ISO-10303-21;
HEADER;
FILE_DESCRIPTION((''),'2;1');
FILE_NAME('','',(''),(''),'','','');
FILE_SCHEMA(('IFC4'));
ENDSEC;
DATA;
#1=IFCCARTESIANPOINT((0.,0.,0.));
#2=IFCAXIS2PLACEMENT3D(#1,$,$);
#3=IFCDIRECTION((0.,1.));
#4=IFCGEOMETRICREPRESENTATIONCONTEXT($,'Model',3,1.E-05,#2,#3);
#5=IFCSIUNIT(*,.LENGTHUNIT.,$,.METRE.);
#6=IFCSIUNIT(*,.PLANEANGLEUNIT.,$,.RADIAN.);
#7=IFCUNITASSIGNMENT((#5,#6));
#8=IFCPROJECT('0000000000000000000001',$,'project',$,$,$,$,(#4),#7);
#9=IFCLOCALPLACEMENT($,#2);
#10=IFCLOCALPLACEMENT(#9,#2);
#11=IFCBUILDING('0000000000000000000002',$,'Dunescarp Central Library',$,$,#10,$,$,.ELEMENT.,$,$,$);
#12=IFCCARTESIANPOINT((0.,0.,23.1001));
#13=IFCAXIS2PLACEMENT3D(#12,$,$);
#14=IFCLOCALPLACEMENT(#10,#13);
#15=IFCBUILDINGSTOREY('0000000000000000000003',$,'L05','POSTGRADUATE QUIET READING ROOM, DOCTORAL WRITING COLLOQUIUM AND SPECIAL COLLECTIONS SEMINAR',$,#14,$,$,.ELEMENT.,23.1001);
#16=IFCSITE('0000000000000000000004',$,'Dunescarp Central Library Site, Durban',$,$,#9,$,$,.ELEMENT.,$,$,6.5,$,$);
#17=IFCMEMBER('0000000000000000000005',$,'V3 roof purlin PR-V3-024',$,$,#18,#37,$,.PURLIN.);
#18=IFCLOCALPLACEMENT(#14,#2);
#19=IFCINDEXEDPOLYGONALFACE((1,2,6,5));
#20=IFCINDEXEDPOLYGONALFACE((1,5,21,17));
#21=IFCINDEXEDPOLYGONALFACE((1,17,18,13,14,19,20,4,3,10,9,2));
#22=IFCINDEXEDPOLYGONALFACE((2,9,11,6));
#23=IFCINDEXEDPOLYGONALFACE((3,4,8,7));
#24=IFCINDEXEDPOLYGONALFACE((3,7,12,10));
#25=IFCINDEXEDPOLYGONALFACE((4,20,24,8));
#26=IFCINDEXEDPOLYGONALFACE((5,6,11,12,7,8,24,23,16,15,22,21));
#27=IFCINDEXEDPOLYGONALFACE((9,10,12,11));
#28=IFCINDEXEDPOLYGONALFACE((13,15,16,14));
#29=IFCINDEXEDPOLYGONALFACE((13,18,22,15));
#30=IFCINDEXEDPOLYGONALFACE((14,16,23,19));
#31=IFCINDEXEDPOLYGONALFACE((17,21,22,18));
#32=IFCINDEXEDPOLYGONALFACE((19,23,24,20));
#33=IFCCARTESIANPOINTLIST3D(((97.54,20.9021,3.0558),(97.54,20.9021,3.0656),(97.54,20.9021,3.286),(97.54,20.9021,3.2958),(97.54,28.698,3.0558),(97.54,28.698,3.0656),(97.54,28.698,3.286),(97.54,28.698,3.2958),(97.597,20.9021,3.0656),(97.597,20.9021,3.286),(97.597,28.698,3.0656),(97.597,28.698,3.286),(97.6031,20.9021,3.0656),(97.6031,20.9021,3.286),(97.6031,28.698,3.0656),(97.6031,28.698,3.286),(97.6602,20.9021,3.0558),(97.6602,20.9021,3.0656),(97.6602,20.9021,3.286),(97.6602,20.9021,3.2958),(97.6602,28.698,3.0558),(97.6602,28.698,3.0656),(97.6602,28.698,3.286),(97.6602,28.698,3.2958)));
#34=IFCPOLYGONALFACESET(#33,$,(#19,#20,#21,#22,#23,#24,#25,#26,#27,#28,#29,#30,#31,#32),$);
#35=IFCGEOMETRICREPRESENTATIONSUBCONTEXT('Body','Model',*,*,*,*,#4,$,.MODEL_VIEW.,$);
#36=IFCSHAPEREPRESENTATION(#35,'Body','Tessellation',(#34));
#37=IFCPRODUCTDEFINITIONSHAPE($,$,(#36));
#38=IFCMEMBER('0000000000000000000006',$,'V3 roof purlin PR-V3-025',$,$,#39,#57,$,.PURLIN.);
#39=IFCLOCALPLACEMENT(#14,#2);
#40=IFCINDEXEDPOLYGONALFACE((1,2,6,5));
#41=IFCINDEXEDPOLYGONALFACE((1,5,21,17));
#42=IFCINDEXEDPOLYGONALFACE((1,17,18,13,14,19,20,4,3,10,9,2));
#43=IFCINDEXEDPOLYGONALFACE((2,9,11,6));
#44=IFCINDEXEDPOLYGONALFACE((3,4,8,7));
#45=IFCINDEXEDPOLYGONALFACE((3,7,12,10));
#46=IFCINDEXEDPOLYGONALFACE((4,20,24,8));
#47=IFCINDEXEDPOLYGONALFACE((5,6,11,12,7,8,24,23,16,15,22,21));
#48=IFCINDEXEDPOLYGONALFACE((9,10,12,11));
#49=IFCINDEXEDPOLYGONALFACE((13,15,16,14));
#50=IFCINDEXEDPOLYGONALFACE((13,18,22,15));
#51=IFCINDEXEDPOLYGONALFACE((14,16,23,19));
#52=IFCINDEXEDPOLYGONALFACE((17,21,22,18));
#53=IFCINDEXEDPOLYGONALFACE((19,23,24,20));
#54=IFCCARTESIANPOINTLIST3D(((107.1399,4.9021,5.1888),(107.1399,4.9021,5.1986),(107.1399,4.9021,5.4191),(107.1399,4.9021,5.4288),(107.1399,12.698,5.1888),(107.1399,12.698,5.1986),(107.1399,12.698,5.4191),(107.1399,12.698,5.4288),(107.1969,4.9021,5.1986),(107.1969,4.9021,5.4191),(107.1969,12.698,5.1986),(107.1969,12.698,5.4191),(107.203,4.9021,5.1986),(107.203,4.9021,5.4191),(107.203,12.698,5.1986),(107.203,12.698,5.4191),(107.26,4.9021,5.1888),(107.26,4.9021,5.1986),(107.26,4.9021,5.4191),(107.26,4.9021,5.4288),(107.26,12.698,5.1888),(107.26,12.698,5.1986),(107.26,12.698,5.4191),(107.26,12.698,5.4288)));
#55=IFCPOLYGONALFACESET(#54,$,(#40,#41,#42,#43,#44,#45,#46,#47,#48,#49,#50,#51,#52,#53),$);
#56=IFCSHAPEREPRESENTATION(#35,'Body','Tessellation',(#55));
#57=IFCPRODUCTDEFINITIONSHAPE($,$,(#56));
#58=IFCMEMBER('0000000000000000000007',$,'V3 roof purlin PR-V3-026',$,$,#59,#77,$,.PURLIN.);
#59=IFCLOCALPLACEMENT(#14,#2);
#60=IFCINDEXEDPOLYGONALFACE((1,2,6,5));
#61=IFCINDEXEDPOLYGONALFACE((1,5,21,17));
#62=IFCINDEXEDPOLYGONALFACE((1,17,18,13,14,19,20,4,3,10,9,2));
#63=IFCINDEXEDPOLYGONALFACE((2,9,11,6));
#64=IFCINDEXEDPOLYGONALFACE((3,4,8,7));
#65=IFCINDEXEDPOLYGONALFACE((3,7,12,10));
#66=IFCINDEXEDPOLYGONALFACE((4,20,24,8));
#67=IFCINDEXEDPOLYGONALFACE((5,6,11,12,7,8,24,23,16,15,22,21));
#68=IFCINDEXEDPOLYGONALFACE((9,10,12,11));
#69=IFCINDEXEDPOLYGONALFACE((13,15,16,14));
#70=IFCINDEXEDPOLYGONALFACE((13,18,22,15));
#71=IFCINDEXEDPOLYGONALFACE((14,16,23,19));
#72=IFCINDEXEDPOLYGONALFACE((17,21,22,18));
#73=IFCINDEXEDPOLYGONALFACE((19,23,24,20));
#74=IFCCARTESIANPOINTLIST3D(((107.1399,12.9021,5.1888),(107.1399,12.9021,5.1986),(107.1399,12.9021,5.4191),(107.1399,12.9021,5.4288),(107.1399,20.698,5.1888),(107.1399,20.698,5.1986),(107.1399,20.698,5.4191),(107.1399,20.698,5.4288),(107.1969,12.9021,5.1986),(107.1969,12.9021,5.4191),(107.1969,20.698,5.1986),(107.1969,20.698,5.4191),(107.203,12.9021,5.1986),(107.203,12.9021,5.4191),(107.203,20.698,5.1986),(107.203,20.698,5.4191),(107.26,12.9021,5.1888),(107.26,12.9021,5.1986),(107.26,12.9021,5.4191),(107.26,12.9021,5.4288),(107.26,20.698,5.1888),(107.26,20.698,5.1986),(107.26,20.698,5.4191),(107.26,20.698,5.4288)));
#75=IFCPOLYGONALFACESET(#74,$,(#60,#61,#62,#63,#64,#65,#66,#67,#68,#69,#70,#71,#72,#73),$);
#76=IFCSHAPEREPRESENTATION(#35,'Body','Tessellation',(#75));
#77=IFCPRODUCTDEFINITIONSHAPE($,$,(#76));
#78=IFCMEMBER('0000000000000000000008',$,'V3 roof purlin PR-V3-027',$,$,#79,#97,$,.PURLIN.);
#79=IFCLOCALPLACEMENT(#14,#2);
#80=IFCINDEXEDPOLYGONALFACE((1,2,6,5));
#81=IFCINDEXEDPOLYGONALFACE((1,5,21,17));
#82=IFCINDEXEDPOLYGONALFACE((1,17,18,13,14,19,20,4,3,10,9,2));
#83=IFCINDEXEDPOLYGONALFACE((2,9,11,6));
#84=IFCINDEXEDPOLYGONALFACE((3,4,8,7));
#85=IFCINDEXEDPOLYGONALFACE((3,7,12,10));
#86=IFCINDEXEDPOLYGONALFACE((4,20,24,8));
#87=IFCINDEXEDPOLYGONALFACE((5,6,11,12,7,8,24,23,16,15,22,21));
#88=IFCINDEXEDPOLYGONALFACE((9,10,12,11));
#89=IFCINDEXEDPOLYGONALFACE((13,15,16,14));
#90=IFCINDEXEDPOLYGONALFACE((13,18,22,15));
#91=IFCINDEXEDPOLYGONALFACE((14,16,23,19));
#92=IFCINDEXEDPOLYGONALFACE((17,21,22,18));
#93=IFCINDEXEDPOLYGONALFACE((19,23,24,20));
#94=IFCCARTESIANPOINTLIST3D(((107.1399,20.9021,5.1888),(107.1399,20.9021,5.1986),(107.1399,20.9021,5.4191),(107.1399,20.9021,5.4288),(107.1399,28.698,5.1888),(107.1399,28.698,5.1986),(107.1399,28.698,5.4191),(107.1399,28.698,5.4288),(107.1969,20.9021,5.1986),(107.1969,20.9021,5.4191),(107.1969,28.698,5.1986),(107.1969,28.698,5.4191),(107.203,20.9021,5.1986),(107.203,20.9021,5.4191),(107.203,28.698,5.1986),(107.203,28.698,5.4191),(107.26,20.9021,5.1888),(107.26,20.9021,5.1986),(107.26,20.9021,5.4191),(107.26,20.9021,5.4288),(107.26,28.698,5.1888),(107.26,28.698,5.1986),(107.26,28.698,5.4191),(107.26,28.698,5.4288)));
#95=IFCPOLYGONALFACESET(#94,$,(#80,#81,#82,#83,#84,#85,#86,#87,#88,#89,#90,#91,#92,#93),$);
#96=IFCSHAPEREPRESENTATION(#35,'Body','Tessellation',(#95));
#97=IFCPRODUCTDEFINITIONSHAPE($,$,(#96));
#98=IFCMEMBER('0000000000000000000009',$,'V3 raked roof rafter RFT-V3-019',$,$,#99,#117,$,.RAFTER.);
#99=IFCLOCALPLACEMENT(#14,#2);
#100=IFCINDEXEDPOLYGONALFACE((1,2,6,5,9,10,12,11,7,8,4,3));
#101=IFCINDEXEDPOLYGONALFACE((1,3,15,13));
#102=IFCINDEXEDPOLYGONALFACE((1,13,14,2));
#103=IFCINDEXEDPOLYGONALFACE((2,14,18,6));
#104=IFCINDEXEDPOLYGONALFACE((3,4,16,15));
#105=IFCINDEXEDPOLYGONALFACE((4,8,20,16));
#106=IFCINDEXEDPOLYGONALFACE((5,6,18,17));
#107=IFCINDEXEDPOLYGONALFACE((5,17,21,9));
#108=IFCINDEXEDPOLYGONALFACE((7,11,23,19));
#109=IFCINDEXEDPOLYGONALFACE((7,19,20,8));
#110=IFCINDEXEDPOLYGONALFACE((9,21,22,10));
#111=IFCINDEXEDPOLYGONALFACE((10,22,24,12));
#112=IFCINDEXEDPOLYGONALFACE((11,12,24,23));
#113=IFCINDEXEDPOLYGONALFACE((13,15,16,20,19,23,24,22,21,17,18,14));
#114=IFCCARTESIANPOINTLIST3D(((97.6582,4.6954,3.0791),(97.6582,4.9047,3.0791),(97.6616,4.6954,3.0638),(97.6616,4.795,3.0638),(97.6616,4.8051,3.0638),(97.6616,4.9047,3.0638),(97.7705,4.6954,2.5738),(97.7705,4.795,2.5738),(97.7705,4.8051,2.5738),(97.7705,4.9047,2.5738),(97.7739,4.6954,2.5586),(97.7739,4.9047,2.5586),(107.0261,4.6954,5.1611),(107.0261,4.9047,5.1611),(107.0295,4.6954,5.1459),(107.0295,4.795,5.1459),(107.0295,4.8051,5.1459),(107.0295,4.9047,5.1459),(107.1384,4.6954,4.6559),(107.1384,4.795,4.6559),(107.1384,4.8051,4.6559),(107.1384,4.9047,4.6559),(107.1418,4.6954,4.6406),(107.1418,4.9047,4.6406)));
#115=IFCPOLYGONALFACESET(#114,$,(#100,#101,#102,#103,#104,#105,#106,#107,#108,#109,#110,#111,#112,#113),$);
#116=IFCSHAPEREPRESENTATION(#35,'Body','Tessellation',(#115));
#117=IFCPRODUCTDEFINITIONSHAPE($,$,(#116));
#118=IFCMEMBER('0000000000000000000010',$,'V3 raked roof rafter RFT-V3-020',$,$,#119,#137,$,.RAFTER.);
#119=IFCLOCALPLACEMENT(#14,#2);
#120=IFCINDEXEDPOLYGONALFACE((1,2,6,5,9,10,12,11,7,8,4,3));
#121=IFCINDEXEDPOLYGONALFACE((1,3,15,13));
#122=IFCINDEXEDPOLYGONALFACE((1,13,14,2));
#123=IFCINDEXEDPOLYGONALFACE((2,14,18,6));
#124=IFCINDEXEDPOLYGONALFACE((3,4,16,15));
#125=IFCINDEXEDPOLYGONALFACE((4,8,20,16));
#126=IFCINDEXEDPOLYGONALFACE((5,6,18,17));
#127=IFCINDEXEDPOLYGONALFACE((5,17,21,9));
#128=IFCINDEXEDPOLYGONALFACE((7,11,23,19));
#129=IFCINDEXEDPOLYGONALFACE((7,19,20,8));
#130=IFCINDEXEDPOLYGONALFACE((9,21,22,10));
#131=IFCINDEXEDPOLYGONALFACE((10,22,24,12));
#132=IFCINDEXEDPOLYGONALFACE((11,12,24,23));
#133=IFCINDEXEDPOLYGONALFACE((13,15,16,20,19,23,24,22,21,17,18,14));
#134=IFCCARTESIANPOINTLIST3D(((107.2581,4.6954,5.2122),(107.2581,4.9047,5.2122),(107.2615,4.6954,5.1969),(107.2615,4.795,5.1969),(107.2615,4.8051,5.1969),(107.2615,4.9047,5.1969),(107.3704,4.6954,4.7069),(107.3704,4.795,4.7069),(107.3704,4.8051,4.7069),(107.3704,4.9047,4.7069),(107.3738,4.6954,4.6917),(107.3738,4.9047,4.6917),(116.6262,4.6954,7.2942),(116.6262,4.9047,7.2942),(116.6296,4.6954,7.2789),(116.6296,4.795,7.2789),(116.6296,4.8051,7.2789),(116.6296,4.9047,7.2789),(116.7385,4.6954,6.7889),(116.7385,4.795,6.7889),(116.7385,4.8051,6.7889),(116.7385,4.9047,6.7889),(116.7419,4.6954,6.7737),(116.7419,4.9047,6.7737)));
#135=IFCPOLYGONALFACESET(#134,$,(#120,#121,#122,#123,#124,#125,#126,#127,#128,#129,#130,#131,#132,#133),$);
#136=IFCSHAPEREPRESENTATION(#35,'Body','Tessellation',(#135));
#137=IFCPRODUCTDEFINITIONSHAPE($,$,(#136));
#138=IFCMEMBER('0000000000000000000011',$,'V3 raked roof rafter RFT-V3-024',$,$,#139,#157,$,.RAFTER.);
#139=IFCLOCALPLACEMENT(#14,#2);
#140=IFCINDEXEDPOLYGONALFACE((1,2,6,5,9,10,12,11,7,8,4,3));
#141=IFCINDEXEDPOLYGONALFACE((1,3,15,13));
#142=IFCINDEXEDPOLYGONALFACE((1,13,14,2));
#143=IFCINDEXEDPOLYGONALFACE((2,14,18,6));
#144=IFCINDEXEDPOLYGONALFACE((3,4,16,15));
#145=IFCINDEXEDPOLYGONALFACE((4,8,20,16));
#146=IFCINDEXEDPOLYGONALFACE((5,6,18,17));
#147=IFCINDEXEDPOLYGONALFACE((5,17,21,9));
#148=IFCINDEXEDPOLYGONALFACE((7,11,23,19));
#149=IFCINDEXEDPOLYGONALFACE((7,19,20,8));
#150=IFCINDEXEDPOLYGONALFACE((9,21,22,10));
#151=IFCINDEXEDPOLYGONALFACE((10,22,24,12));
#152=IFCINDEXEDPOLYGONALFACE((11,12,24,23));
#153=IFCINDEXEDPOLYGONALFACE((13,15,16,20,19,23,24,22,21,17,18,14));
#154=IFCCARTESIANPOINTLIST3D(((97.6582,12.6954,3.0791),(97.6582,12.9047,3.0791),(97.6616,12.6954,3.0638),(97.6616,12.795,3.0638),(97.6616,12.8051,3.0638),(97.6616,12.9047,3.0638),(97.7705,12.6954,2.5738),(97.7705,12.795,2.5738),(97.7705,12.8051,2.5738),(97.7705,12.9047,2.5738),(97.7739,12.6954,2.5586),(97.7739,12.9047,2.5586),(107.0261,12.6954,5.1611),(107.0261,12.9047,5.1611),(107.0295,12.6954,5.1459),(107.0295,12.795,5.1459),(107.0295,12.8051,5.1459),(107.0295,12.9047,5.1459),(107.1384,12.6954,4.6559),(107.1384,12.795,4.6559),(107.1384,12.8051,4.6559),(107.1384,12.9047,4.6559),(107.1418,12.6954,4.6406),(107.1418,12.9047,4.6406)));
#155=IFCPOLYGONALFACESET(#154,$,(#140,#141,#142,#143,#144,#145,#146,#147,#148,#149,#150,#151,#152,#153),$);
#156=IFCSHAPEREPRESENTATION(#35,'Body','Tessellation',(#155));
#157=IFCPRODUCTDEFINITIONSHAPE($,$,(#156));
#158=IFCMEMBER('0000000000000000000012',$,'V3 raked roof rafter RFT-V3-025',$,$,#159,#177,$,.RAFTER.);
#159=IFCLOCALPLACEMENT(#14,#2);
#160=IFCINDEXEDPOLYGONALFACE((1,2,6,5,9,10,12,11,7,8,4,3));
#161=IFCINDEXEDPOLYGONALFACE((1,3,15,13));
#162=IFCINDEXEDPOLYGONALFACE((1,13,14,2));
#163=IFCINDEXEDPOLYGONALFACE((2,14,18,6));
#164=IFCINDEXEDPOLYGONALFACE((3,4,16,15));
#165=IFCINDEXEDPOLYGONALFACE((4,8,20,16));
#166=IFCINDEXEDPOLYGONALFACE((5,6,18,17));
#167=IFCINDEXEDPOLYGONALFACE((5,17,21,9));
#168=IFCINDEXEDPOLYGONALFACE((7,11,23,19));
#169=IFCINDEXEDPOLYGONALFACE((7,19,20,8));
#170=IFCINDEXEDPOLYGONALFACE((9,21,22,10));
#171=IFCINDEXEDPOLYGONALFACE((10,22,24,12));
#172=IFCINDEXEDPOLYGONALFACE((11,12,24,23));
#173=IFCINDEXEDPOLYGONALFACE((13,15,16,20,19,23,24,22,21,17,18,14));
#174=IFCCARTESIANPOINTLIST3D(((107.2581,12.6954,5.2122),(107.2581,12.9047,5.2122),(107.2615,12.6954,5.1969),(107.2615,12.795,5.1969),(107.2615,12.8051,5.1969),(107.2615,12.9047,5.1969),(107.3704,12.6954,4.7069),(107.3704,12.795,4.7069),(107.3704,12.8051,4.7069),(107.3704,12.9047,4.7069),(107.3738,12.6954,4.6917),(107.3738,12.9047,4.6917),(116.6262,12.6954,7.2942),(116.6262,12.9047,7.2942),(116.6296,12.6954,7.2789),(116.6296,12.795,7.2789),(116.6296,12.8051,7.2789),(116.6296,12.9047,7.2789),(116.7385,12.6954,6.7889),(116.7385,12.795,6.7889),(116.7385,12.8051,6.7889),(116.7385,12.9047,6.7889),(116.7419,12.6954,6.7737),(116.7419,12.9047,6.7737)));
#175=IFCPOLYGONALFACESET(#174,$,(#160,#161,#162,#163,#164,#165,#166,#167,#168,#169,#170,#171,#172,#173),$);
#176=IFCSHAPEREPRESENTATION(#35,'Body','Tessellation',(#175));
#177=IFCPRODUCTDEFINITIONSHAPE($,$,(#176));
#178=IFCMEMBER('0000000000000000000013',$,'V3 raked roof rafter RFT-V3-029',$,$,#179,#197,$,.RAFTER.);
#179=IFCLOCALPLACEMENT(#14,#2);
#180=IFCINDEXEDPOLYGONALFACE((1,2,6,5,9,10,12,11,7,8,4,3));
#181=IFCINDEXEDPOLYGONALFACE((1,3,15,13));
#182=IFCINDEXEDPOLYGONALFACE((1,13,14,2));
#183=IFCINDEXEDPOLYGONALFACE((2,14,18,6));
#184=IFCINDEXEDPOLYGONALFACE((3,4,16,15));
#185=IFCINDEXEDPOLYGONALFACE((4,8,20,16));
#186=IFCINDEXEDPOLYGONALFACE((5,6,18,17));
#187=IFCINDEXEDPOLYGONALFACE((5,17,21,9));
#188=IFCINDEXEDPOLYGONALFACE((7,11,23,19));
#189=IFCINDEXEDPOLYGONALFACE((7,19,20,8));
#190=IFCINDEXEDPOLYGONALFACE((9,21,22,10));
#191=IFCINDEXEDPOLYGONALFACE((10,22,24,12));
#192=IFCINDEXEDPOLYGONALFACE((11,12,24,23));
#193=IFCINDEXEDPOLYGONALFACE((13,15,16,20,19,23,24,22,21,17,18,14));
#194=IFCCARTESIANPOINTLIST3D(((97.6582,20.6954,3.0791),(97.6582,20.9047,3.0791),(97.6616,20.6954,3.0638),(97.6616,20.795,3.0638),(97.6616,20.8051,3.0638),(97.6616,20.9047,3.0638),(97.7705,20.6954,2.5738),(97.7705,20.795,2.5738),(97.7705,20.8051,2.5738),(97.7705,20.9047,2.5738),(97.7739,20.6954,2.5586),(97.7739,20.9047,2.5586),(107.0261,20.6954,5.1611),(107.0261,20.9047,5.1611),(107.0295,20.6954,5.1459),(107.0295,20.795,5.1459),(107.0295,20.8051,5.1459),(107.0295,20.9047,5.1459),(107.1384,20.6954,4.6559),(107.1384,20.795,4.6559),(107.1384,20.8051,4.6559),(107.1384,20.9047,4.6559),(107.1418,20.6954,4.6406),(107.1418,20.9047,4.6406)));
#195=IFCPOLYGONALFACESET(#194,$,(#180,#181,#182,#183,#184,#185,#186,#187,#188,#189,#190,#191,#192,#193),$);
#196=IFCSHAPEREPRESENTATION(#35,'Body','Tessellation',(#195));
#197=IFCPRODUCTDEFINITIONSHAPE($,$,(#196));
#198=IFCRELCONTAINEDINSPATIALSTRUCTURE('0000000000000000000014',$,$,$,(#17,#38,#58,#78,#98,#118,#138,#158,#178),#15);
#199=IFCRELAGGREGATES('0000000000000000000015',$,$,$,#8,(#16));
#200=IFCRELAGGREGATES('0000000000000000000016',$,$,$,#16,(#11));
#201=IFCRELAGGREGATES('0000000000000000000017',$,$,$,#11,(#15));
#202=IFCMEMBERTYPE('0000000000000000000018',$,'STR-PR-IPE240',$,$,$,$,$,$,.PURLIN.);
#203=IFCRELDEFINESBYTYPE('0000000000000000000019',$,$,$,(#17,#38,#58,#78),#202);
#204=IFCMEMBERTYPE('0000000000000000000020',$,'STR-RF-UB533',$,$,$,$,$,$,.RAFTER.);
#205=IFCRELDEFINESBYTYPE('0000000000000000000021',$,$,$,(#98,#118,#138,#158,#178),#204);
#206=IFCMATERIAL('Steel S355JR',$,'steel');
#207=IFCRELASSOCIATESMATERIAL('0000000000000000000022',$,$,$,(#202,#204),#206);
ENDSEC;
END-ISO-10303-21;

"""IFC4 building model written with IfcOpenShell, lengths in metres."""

from ifc_helpers import new_model, si_unit, direction, frame, origin, origin_2d, place, context, subcontext, project, spatial, i_section, extrude, material, material_profile, profile_set, type_object, element, save


model = new_model("IFC4")

# Units and contexts
model_context = context("Model", 3, precision=1e-05, world=origin(), true_north=direction((0.0, 1.0)))
body_context = subcontext(model_context, "Body", "Model", "MODEL_VIEW")
ifc_project = project(units=[si_unit("LENGTHUNIT", "METRE"), si_unit("PLANEANGLEUNIT", "RADIAN")], contexts=[model_context])

# Site, building, storey
site_placement = place(None, origin())
site = spatial("IfcSite", under=ifc_project, at=site_placement, Name="Dunescarp Central Library Site, Durban", CompositionType="ELEMENT", RefElevation=6.5)
building_placement = place(site_placement, origin())
building = spatial("IfcBuilding", under=site, at=building_placement, Name="Dunescarp Central Library", CompositionType="ELEMENT")
storey_placement = place(building_placement, frame((0.0, 0.0, 23.1001)))
storey = spatial("IfcBuildingStorey", under=building, at=storey_placement, Name="L05", Description="POSTGRADUATE QUIET READING ROOM, DOCTORAL WRITING COLLOQUIUM AND SPECIAL COLLECTIONS SEMINAR", CompositionType="ELEMENT", Elevation=23.1001)

# Shared definitions
ifc_material = material(Name="Steel S355JR", Category="steel")

# Members
ifc_material_profile_1 = material_profile(ifc_material, i_section(OverallWidth=0.1201, OverallDepth=0.24, WebThickness=0.0061, FlangeThickness=0.0098, at=origin_2d()), Name="IPE 240")
ifc_profile_set_1 = profile_set([ifc_material_profile_1], Name="Steel S355JR")
member_type_1 = type_object("IfcMemberType", Name="STR-PR-IPE240", PredefinedType="PURLIN", material=ifc_profile_set_1)
for number, where, z_axis, x_axis, name in (
    (1, (97.6001, 20.9021, 3.1758), (0.0, 1.0, 0.0), (-1.0, 0.0, 0.0), "V3 roof purlin PR-V3-024"),
    (2, (107.2, 4.9021, 5.3088), (0.0, 1.0, 0.0), (-1.0, 0.0, 0.0), "V3 roof purlin PR-V3-025"),
    (3, (107.2, 12.9021, 5.3088), (0.0, 1.0, 0.0), (-1.0, 0.0, 0.0), "V3 roof purlin PR-V3-026"),
    (4, (107.2, 20.9021, 5.3088), (0.0, 1.0, 0.0), (-1.0, 0.0, 0.0), "V3 roof purlin PR-V3-027"),
):
    element("IfcMember", number, at=place(storey_placement, frame(where, z_axis=z_axis, x_axis=x_axis)), inside=storey, type_object=member_type_1, Name=name, PredefinedType="PURLIN", context=body_context, shape_type="SweptSolid", body=[
        extrude(i_section(OverallWidth=0.1201, OverallDepth=0.24, WebThickness=0.0061, FlangeThickness=0.0098, at=origin_2d()), origin(), (0.0, 0.0, 1.0), 7.7959),
    ])
ifc_material_profile_2 = material_profile(ifc_material, i_section(OverallWidth=0.2092, OverallDepth=0.5332, WebThickness=0.01, FlangeThickness=0.0156, at=origin_2d()), Name="UB 533x210x92")
ifc_profile_set_2 = profile_set([ifc_material_profile_2], Name="Steel S355JR")
member_type_2 = type_object("IfcMemberType", Name="STR-RF-UB533", PredefinedType="RAFTER", material=ifc_profile_set_2)
member_1_placement = place(storey_placement, frame((97.7161, 4.8, 2.8188), z_axis=(0.976181, 0.0, 0.216957), x_axis=(0.0, 1.0, 0.0)))
element("IfcMember", 5, at=member_1_placement, inside=storey, type_object=member_type_2, Name="V3 raked roof rafter RFT-V3-019", PredefinedType="RAFTER", context=body_context, shape_type="SweptSolid", body=[
    extrude(i_section(OverallWidth=0.2092, OverallDepth=0.5332, WebThickness=0.01, FlangeThickness=0.0156, at=origin_2d()), origin(), (0.0, 0.0, 1.0), 9.5964),
])
member_2_placement = place(storey_placement, frame((107.3159, 4.8, 4.9519), z_axis=(0.976182, 0.0, 0.216952), x_axis=(0.0, 1.0, 0.0)))
element("IfcMember", 6, at=member_2_placement, inside=storey, type_object=member_type_2, Name="V3 raked roof rafter RFT-V3-020", PredefinedType="RAFTER", context=body_context, shape_type="SweptSolid", body=[
    extrude(i_section(OverallWidth=0.2092, OverallDepth=0.5332, WebThickness=0.01, FlangeThickness=0.0156, at=origin_2d()), origin(), (0.0, 0.0, 1.0), 9.5967),
])
member_3_placement = place(storey_placement, frame((97.7161, 12.8, 2.8188), z_axis=(0.976181, 0.0, 0.216957), x_axis=(0.0, 1.0, 0.0)))
element("IfcMember", 7, at=member_3_placement, inside=storey, type_object=member_type_2, Name="V3 raked roof rafter RFT-V3-024", PredefinedType="RAFTER", context=body_context, shape_type="SweptSolid", body=[
    extrude(i_section(OverallWidth=0.2092, OverallDepth=0.5332, WebThickness=0.01, FlangeThickness=0.0156, at=origin_2d()), origin(), (0.0, 0.0, 1.0), 9.5964),
])
member_4_placement = place(storey_placement, frame((107.3159, 12.8, 4.9519), z_axis=(0.976182, 0.0, 0.216952), x_axis=(0.0, 1.0, 0.0)))
element("IfcMember", 8, at=member_4_placement, inside=storey, type_object=member_type_2, Name="V3 raked roof rafter RFT-V3-025", PredefinedType="RAFTER", context=body_context, shape_type="SweptSolid", body=[
    extrude(i_section(OverallWidth=0.2092, OverallDepth=0.5332, WebThickness=0.01, FlangeThickness=0.0156, at=origin_2d()), origin(), (0.0, 0.0, 1.0), 9.5967),
])
member_5_placement = place(storey_placement, frame((97.7161, 20.8, 2.8188), z_axis=(0.976181, 0.0, 0.216957), x_axis=(0.0, 1.0, 0.0)))
element("IfcMember", 9, at=member_5_placement, inside=storey, type_object=member_type_2, Name="V3 raked roof rafter RFT-V3-029", PredefinedType="RAFTER", context=body_context, shape_type="SweptSolid", body=[
    extrude(i_section(OverallWidth=0.2092, OverallDepth=0.5332, WebThickness=0.01, FlangeThickness=0.0156, at=origin_2d()), origin(), (0.0, 0.0, 1.0), 9.5964),
])

save(model, "model.ifc")
